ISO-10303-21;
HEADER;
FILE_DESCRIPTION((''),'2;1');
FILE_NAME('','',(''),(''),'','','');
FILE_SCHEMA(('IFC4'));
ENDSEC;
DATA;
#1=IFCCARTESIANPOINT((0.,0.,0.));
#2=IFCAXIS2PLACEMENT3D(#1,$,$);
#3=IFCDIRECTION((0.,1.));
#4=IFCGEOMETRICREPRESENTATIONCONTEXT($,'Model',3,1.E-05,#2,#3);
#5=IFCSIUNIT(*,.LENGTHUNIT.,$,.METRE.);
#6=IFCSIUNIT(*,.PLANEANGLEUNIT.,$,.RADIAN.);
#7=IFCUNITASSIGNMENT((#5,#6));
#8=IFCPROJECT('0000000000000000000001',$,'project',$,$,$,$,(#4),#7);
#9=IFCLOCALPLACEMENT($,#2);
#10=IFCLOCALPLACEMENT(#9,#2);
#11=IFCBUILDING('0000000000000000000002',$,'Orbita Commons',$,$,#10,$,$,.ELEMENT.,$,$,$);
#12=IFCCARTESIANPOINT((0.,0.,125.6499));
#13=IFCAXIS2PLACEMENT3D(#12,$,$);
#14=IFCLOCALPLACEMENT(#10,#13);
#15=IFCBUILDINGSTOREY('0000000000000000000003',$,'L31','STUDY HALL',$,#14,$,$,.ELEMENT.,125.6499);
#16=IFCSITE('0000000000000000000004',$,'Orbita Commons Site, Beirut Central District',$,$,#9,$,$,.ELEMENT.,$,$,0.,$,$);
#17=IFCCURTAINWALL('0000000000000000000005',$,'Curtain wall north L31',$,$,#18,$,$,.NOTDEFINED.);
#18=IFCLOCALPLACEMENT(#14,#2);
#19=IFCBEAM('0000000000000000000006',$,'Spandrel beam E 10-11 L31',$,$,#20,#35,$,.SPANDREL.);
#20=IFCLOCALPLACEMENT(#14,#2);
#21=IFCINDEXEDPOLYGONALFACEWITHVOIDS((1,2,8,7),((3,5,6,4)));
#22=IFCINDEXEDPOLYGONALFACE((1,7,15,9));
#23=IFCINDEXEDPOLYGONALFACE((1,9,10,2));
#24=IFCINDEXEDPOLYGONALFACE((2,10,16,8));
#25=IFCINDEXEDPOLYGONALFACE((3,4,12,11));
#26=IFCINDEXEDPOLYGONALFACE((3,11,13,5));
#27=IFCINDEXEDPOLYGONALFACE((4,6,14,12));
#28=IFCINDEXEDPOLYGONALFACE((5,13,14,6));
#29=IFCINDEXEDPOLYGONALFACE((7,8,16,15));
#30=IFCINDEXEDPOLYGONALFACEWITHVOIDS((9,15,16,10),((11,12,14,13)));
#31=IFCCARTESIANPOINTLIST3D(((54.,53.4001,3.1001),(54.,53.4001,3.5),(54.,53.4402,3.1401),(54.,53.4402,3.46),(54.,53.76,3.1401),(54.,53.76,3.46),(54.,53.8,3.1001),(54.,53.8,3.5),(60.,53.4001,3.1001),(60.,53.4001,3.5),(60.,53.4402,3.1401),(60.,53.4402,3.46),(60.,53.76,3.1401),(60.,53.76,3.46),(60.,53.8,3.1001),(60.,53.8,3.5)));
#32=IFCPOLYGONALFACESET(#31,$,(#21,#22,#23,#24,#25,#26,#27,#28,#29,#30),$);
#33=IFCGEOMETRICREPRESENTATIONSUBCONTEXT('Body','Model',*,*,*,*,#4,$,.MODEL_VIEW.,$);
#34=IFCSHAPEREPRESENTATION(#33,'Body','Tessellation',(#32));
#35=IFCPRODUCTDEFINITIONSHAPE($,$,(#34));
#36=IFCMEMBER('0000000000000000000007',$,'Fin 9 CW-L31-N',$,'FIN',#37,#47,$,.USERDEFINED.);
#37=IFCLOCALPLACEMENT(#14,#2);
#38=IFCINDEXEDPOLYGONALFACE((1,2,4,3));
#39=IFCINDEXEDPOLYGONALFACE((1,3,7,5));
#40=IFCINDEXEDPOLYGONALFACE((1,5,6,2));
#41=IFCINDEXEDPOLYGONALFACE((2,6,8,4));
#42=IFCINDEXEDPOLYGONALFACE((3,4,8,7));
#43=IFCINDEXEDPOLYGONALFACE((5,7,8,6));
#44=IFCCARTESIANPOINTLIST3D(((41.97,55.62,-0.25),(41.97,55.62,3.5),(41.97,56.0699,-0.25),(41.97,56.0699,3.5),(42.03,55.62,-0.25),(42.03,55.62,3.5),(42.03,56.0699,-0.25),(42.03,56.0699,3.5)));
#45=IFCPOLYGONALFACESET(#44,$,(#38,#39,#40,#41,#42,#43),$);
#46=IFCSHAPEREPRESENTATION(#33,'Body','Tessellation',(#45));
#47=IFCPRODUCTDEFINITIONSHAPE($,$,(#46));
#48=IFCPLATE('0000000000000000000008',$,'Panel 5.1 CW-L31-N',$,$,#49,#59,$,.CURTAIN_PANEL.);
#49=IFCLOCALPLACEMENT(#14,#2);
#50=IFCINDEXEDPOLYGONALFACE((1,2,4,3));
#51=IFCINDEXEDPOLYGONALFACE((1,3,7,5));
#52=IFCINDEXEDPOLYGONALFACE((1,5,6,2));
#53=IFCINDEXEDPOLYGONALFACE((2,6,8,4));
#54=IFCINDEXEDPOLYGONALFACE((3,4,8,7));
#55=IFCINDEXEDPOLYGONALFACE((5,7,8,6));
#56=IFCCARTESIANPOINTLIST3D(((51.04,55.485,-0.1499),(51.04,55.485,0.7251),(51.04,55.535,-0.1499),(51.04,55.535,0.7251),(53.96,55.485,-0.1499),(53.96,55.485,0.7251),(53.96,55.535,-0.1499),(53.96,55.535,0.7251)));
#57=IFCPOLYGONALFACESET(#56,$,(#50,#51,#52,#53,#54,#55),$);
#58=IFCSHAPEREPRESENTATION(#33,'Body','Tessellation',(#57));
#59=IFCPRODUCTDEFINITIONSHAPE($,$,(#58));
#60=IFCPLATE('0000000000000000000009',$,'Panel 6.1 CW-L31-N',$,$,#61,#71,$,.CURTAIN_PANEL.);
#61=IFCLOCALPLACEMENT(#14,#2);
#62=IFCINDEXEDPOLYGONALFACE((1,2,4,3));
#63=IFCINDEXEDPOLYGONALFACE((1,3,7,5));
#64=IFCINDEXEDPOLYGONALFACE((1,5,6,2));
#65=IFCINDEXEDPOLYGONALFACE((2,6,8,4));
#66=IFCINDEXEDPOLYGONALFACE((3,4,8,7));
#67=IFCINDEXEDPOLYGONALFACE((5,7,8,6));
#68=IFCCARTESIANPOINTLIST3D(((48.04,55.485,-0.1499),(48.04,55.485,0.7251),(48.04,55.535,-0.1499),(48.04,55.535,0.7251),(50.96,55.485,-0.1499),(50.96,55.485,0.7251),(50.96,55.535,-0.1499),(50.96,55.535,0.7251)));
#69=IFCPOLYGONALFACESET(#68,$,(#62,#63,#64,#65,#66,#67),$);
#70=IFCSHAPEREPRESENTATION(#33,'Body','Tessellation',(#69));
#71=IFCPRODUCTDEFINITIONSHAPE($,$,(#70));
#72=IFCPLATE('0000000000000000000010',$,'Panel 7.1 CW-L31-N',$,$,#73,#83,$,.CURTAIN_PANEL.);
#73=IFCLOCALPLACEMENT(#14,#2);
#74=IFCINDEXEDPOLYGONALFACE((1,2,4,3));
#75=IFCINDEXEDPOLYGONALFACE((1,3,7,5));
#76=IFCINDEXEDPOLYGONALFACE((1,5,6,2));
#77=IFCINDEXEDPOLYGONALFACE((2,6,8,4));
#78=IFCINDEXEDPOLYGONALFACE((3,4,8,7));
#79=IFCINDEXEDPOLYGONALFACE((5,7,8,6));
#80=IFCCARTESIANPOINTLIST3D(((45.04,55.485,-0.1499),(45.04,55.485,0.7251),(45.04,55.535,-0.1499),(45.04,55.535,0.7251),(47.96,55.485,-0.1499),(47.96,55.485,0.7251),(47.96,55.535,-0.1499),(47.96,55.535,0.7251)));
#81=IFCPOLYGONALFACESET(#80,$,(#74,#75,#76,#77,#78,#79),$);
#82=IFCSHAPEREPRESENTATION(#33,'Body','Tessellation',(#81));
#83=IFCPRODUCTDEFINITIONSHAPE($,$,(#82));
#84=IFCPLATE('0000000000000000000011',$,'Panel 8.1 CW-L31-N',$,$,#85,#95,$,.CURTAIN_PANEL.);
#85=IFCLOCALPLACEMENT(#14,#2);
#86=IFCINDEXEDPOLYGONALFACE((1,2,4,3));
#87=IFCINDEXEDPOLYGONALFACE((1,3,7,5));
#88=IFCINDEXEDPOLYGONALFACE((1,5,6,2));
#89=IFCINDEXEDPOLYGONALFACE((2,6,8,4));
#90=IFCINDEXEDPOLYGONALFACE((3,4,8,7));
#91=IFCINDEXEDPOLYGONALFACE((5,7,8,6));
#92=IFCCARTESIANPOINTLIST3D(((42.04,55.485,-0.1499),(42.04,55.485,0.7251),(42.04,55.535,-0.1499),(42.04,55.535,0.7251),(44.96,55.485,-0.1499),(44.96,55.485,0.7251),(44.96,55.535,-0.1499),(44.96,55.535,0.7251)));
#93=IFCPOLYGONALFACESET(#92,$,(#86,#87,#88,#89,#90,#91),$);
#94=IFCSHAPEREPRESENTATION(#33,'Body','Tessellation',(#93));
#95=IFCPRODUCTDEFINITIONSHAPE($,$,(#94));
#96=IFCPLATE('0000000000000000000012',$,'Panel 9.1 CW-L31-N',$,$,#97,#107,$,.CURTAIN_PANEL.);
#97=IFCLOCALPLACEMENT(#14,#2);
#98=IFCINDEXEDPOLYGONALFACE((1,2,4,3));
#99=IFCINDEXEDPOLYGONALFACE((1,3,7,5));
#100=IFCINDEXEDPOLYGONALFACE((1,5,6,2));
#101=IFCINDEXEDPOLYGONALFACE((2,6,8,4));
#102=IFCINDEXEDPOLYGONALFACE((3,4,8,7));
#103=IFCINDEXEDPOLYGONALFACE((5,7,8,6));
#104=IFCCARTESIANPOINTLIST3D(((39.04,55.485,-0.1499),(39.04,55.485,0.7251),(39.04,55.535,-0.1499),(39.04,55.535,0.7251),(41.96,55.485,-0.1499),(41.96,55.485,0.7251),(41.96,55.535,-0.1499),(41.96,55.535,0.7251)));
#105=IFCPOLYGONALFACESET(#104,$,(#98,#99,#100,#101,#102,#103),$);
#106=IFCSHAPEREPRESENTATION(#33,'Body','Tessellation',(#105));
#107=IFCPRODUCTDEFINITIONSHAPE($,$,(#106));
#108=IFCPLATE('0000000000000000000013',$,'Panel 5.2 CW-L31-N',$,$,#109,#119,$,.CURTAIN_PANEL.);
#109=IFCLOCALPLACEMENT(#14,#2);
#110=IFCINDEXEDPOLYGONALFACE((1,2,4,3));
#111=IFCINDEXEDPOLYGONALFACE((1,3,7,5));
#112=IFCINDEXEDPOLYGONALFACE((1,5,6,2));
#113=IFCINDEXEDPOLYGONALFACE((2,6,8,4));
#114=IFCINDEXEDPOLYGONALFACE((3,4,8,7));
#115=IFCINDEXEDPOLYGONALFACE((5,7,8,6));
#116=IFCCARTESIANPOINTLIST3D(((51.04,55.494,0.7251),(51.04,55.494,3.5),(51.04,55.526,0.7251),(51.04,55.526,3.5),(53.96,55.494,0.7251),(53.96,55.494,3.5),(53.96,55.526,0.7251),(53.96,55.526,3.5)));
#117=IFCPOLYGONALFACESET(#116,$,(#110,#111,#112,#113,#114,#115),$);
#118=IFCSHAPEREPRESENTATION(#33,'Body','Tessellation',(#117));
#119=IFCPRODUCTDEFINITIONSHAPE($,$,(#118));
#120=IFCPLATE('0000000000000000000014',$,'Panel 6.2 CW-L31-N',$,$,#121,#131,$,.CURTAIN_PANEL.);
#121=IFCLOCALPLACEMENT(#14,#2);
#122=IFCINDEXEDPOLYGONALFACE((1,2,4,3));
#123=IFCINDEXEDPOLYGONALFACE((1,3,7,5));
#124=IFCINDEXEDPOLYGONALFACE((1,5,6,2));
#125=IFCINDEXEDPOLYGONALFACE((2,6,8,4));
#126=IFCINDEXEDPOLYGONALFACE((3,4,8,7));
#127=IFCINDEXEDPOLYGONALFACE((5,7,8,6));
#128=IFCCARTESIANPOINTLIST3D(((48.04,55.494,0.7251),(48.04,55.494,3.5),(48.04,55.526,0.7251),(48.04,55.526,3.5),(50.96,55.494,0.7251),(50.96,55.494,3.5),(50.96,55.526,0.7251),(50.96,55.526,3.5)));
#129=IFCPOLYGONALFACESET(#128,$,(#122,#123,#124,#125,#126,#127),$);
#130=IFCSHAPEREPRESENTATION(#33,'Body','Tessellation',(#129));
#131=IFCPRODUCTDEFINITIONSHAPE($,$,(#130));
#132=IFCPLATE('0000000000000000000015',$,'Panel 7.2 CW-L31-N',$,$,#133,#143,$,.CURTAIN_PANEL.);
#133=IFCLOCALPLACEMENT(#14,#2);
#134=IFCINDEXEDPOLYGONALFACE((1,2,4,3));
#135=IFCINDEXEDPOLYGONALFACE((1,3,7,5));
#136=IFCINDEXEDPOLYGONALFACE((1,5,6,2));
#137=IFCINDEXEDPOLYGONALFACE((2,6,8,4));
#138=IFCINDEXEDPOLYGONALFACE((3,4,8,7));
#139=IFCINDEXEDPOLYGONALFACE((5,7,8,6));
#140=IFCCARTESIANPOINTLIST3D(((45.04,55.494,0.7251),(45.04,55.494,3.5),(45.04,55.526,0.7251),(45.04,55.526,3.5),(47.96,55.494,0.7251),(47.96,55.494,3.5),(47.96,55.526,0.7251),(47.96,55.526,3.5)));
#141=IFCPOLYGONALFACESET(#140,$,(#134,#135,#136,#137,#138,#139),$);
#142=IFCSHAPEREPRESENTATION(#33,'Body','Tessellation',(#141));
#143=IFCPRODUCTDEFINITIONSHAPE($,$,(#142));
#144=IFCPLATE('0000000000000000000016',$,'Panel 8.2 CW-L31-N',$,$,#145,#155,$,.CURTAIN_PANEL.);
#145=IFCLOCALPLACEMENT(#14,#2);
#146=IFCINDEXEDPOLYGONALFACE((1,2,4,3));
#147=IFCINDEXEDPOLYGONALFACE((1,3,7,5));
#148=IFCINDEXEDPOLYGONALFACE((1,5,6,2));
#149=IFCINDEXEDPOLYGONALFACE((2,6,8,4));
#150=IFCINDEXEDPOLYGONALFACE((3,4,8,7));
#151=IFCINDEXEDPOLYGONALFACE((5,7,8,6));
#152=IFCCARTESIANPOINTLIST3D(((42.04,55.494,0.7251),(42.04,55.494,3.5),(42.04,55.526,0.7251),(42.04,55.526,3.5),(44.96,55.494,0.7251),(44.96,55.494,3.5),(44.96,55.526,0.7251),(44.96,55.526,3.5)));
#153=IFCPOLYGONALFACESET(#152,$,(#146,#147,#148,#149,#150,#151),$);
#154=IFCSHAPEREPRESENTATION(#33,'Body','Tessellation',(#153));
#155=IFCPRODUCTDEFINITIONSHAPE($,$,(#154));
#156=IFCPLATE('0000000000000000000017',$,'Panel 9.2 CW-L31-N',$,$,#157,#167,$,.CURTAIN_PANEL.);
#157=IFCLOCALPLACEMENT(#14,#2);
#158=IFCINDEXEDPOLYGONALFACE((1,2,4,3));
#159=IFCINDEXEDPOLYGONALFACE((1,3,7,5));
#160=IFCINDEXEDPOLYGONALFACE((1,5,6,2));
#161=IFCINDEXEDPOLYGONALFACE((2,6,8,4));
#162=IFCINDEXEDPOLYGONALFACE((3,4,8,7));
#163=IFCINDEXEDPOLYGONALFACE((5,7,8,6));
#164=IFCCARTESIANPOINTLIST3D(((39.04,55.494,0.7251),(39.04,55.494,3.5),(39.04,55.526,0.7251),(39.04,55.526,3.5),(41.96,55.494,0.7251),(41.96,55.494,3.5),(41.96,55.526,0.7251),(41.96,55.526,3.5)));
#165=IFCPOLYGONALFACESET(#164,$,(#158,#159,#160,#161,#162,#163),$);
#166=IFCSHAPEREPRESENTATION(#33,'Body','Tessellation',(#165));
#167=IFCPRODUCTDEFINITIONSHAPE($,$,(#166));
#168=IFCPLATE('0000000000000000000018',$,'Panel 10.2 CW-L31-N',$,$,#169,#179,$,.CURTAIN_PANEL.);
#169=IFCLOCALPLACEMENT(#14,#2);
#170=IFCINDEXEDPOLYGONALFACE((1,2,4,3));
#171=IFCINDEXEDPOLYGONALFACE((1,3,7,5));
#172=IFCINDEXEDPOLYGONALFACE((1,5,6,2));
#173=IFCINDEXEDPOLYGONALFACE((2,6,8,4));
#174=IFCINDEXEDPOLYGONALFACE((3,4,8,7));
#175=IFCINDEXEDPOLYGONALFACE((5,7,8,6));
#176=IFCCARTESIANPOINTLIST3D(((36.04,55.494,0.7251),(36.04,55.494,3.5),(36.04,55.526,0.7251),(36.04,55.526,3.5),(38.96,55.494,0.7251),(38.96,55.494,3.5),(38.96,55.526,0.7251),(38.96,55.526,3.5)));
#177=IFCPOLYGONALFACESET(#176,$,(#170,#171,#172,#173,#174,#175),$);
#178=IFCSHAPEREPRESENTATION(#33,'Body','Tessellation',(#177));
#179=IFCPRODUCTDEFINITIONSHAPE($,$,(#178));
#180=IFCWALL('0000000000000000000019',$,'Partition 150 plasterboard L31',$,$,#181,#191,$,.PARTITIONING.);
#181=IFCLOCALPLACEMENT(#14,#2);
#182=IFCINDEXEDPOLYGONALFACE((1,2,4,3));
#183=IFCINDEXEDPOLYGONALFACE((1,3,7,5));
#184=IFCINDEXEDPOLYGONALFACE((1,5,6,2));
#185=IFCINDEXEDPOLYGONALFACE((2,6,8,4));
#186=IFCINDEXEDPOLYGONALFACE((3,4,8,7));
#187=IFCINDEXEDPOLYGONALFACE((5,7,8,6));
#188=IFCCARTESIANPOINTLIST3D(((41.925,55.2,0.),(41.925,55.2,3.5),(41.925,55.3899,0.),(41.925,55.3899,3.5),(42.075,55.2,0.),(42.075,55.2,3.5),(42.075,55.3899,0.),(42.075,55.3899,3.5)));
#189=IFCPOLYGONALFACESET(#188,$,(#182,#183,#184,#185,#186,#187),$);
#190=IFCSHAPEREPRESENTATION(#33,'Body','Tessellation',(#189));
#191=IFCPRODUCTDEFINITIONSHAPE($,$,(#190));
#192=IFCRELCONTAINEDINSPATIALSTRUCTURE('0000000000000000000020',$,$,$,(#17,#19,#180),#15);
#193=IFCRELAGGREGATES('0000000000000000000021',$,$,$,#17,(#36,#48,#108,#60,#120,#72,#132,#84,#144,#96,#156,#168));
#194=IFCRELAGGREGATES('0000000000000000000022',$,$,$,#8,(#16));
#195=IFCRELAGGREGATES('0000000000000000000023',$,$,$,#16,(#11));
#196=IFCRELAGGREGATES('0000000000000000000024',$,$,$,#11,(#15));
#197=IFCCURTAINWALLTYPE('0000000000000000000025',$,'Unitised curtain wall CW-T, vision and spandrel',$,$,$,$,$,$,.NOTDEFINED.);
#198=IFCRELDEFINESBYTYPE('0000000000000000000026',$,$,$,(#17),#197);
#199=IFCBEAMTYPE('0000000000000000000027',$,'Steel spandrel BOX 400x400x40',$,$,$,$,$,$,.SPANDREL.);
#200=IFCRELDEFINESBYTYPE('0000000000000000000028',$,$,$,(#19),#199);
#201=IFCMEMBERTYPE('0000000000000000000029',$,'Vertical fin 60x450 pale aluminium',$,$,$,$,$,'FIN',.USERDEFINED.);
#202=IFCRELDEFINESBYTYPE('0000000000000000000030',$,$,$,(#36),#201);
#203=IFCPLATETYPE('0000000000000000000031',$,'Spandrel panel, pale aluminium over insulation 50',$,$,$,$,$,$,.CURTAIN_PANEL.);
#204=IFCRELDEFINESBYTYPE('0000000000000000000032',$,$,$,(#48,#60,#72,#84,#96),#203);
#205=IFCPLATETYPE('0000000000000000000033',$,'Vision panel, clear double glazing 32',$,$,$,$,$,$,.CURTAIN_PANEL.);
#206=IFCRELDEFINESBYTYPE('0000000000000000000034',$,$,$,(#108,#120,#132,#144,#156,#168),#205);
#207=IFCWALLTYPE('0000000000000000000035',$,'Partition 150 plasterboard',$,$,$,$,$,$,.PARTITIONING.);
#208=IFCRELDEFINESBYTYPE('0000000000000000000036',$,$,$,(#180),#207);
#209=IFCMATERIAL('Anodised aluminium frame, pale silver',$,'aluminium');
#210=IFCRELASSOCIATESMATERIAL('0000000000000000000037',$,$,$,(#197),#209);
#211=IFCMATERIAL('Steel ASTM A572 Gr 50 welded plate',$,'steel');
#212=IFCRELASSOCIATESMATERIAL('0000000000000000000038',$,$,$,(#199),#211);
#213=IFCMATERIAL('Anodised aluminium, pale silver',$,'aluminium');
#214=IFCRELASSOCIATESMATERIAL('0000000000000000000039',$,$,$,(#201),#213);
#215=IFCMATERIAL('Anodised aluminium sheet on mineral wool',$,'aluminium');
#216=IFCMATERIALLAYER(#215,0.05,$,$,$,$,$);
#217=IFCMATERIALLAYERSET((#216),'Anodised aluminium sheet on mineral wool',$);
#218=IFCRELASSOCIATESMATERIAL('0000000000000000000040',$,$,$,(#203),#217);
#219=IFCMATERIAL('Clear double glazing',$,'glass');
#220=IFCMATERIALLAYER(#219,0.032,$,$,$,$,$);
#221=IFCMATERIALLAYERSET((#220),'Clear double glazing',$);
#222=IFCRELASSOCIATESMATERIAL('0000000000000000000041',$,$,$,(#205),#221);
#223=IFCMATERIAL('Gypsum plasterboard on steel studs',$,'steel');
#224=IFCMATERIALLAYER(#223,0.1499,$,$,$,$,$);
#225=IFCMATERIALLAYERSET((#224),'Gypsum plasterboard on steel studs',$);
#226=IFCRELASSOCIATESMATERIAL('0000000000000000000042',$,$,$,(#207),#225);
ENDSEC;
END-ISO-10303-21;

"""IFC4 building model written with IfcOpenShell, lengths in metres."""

from ifc_helpers import new_model, si_unit, direction, frame, frame_2d, origin, origin_2d, place, context, subcontext, project, spatial, rectangle, hollow_rectangle, extrude, material, layer, layer_set, material_profile, profile_set, type_object, element, aggregate, save


model = new_model("IFC4")

# Units and contexts
model_context = context("Model", 3, precision=1e-05, world=origin(), true_north=direction((0.0, 1.0)))
body_context = subcontext(model_context, "Body", "Model", "MODEL_VIEW")
ifc_project = project(units=[si_unit("LENGTHUNIT", "METRE"), si_unit("PLANEANGLEUNIT", "RADIAN")], contexts=[model_context])

# Site, building, storey
site_placement = place(None, origin())
site = spatial("IfcSite", under=ifc_project, at=site_placement, Name="Orbita Commons Site, Beirut Central District", CompositionType="ELEMENT", RefElevation=0.0)
building_placement = place(site_placement, origin())
building = spatial("IfcBuilding", under=site, at=building_placement, Name="Orbita Commons", CompositionType="ELEMENT")
storey_placement = place(building_placement, frame((0.0, 0.0, 125.6499)))
storey = spatial("IfcBuildingStorey", under=building, at=storey_placement, Name="L31", Description="STUDY HALL", CompositionType="ELEMENT", Elevation=125.6499)

# Curtain wall
ifc_material_1 = material(Name="Anodised aluminium frame, pale silver", Category="aluminium")
curtain_wall_type = type_object("IfcCurtainWallType", Name="Unitised curtain wall CW-T, vision and spandrel", PredefinedType="NOTDEFINED", material=ifc_material_1)
curtain_wall_placement = place(storey_placement, origin())
curtain_wall = element("IfcCurtainWall", 1, at=curtain_wall_placement, inside=storey, type_object=curtain_wall_type, Name="Curtain wall north L31", PredefinedType="NOTDEFINED")

# Beam
ifc_material_2 = material(Name="Steel ASTM A572 Gr 50 welded plate", Category="steel")
ifc_material_profile_1 = material_profile(ifc_material_2, hollow_rectangle(XDim=0.3999, YDim=0.3999, WallThickness=0.04, at=origin_2d()), Name="BOX 400x400x40")
ifc_profile_set_1 = profile_set([ifc_material_profile_1], Name="Steel ASTM A572 Gr 50 welded plate")
beam_type = type_object("IfcBeamType", Name="Steel spandrel BOX 400x400x40", PredefinedType="SPANDREL", material=ifc_profile_set_1)
for number, where, z_axis, x_axis, name in (
    (2, (54.0, 53.6001, 3.3), (1.0, 0.0, 0.0), (0.0, 1.0, 0.0), "Spandrel beam E 10-11 L31"),
):
    element("IfcBeam", number, at=place(storey_placement, frame(where, z_axis=z_axis, x_axis=x_axis)), inside=storey, type_object=beam_type, Name=name, PredefinedType="SPANDREL", context=body_context, shape_type="SweptSolid", body=[
        extrude(hollow_rectangle(XDim=0.3999, YDim=0.3999, WallThickness=0.04, at=origin_2d()), origin(), (0.0, 0.0, 1.0), 6.0),
    ])

# Member
ifc_material_3 = material(Name="Anodised aluminium, pale silver", Category="aluminium")
ifc_material_profile_2 = material_profile(ifc_material_3, rectangle(XDim=0.0601, YDim=0.45, at=origin_2d()), Name="FIN 60x450")
ifc_profile_set_2 = profile_set([ifc_material_profile_2], Name="Anodised aluminium, pale silver")
member_type_1 = type_object("IfcMemberType", Name="Vertical fin 60x450 pale aluminium", ElementType="FIN", PredefinedType="USERDEFINED", material=ifc_profile_set_2)
member_1_placement = place(storey_placement, frame((42.0, 55.845, -0.25), z_axis=(0.0, 0.0, 1.0), x_axis=(-1.0, 0.0, 0.0)))
member_1 = element("IfcMember", 3, at=member_1_placement, type_object=member_type_1, Name="Fin 9 CW-L31-N", ObjectType="FIN", PredefinedType="USERDEFINED", context=body_context, shape_type="SweptSolid", body=[
    extrude(rectangle(XDim=0.0601, YDim=0.45, at=origin_2d()), origin(), (0.0, 0.0, 1.0), 3.75),
])

# Plates
ifc_material_4 = material(Name="Anodised aluminium sheet on mineral wool", Category="aluminium")
ifc_layer_1 = layer(ifc_material_4, 0.05)
ifc_layer_set_1 = layer_set([ifc_layer_1], Name="Anodised aluminium sheet on mineral wool")
plate_type_1 = type_object("IfcPlateType", Name="Spandrel panel, pale aluminium over insulation 50", PredefinedType="CURTAIN_PANEL", material=ifc_layer_set_1)
plate_1_placement = place(storey_placement, frame((52.5, 55.51, -0.1499), z_axis=(0.0, 0.0, 1.0), x_axis=(-1.0, 0.0, 0.0)))
plate_1 = element("IfcPlate", 4, at=plate_1_placement, type_object=plate_type_1, Name="Panel 5.1 CW-L31-N", PredefinedType="CURTAIN_PANEL", context=body_context, shape_type="SweptSolid", body=[
    extrude(rectangle(XDim=2.9199, YDim=0.05, at=origin_2d()), origin(), (0.0, 0.0, 1.0), 0.875),
])
plate_2_placement = place(storey_placement, frame((49.5, 55.51, -0.1499), z_axis=(0.0, 0.0, 1.0), x_axis=(-1.0, 0.0, 0.0)))
plate_2 = element("IfcPlate", 5, at=plate_2_placement, type_object=plate_type_1, Name="Panel 6.1 CW-L31-N", PredefinedType="CURTAIN_PANEL", context=body_context, shape_type="SweptSolid", body=[
    extrude(rectangle(XDim=2.9199, YDim=0.05, at=origin_2d()), origin(), (0.0, 0.0, 1.0), 0.875),
])
plate_3_placement = place(storey_placement, frame((46.5, 55.51, -0.1499), z_axis=(0.0, 0.0, 1.0), x_axis=(-1.0, 0.0, 0.0)))
plate_3 = element("IfcPlate", 6, at=plate_3_placement, type_object=plate_type_1, Name="Panel 7.1 CW-L31-N", PredefinedType="CURTAIN_PANEL", context=body_context, shape_type="SweptSolid", body=[
    extrude(rectangle(XDim=2.9199, YDim=0.05, at=origin_2d()), origin(), (0.0, 0.0, 1.0), 0.875),
])
plate_4_placement = place(storey_placement, frame((43.5, 55.51, -0.1499), z_axis=(0.0, 0.0, 1.0), x_axis=(-1.0, 0.0, 0.0)))
plate_4 = element("IfcPlate", 7, at=plate_4_placement, type_object=plate_type_1, Name="Panel 8.1 CW-L31-N", PredefinedType="CURTAIN_PANEL", context=body_context, shape_type="SweptSolid", body=[
    extrude(rectangle(XDim=2.9199, YDim=0.05, at=origin_2d()), origin(), (0.0, 0.0, 1.0), 0.875),
])
plate_5_placement = place(storey_placement, frame((40.5, 55.51, -0.1499), z_axis=(0.0, 0.0, 1.0), x_axis=(-1.0, 0.0, 0.0)))
plate_5 = element("IfcPlate", 8, at=plate_5_placement, type_object=plate_type_1, Name="Panel 9.1 CW-L31-N", PredefinedType="CURTAIN_PANEL", context=body_context, shape_type="SweptSolid", body=[
    extrude(rectangle(XDim=2.9199, YDim=0.05, at=origin_2d()), origin(), (0.0, 0.0, 1.0), 0.875),
])
ifc_material_5 = material(Name="Clear double glazing", Category="glass")
ifc_layer_2 = layer(ifc_material_5, 0.032)
ifc_layer_set_2 = layer_set([ifc_layer_2], Name="Clear double glazing")
plate_type_2 = type_object("IfcPlateType", Name="Vision panel, clear double glazing 32", PredefinedType="CURTAIN_PANEL", material=ifc_layer_set_2)
plate_6_placement = place(storey_placement, frame((52.5, 55.51, 0.7251), z_axis=(0.0, 0.0, 1.0), x_axis=(-1.0, 0.0, 0.0)))
plate_6 = element("IfcPlate", 9, at=plate_6_placement, type_object=plate_type_2, Name="Panel 5.2 CW-L31-N", PredefinedType="CURTAIN_PANEL", context=body_context, shape_type="SweptSolid", body=[
    extrude(rectangle(XDim=2.9199, YDim=0.032, at=origin_2d()), origin(), (0.0, 0.0, 1.0), 2.7749),
])
plate_7_placement = place(storey_placement, frame((49.5, 55.51, 0.7251), z_axis=(0.0, 0.0, 1.0), x_axis=(-1.0, 0.0, 0.0)))
plate_7 = element("IfcPlate", 10, at=plate_7_placement, type_object=plate_type_2, Name="Panel 6.2 CW-L31-N", PredefinedType="CURTAIN_PANEL", context=body_context, shape_type="SweptSolid", body=[
    extrude(rectangle(XDim=2.9199, YDim=0.032, at=origin_2d()), origin(), (0.0, 0.0, 1.0), 2.7749),
])
plate_8_placement = place(storey_placement, frame((46.5, 55.51, 0.7251), z_axis=(0.0, 0.0, 1.0), x_axis=(-1.0, 0.0, 0.0)))
plate_8 = element("IfcPlate", 11, at=plate_8_placement, type_object=plate_type_2, Name="Panel 7.2 CW-L31-N", PredefinedType="CURTAIN_PANEL", context=body_context, shape_type="SweptSolid", body=[
    extrude(rectangle(XDim=2.9199, YDim=0.032, at=origin_2d()), origin(), (0.0, 0.0, 1.0), 2.7749),
])
plate_9_placement = place(storey_placement, frame((43.5, 55.51, 0.7251), z_axis=(0.0, 0.0, 1.0), x_axis=(-1.0, 0.0, 0.0)))
plate_9 = element("IfcPlate", 12, at=plate_9_placement, type_object=plate_type_2, Name="Panel 8.2 CW-L31-N", PredefinedType="CURTAIN_PANEL", context=body_context, shape_type="SweptSolid", body=[
    extrude(rectangle(XDim=2.9199, YDim=0.032, at=origin_2d()), origin(), (0.0, 0.0, 1.0), 2.7749),
])
plate_10_placement = place(storey_placement, frame((40.5, 55.51, 0.7251), z_axis=(0.0, 0.0, 1.0), x_axis=(-1.0, 0.0, 0.0)))
plate_10 = element("IfcPlate", 13, at=plate_10_placement, type_object=plate_type_2, Name="Panel 9.2 CW-L31-N", PredefinedType="CURTAIN_PANEL", context=body_context, shape_type="SweptSolid", body=[
    extrude(rectangle(XDim=2.9199, YDim=0.032, at=origin_2d()), origin(), (0.0, 0.0, 1.0), 2.7749),
])
plate_11_placement = place(storey_placement, frame((37.5, 55.51, 0.7251), z_axis=(0.0, 0.0, 1.0), x_axis=(-1.0, 0.0, 0.0)))
plate_11 = element("IfcPlate", 14, at=plate_11_placement, type_object=plate_type_2, Name="Panel 10.2 CW-L31-N", PredefinedType="CURTAIN_PANEL", context=body_context, shape_type="SweptSolid", body=[
    extrude(rectangle(XDim=2.9199, YDim=0.032, at=origin_2d()), origin(), (0.0, 0.0, 1.0), 2.7749),
])
aggregate(curtain_wall, [member_1, plate_1, plate_6, plate_2, plate_7, plate_3, plate_8, plate_4, plate_9, plate_5, plate_10, plate_11])

# Wall
ifc_material_6 = material(Name="Gypsum plasterboard on steel studs", Category="steel")
ifc_layer_3 = layer(ifc_material_6, 0.1499)
ifc_layer_set_3 = layer_set([ifc_layer_3], Name="Gypsum plasterboard on steel studs")
wall_type = type_object("IfcWallType", Name="Partition 150 plasterboard", PredefinedType="PARTITIONING", material=ifc_layer_set_3)
for number, where, z_axis, x_axis, name in (
    (15, (42.0, 55.2, 0.0), (0.0, 0.0, 1.0), (0.0, 1.0, 0.0), "Partition 150 plasterboard L31"),
):
    element("IfcWall", number, at=place(storey_placement, frame(where, z_axis=z_axis, x_axis=x_axis)), inside=storey, type_object=wall_type, Name=name, PredefinedType="PARTITIONING", context=body_context, shape_type="SweptSolid", body=[
        extrude(rectangle(XDim=0.1899, YDim=0.1499, at=frame_2d((0.095, 0.0))), origin(), (0.0, 0.0, 1.0), 3.5),
    ])

save(model, "model.ifc")
